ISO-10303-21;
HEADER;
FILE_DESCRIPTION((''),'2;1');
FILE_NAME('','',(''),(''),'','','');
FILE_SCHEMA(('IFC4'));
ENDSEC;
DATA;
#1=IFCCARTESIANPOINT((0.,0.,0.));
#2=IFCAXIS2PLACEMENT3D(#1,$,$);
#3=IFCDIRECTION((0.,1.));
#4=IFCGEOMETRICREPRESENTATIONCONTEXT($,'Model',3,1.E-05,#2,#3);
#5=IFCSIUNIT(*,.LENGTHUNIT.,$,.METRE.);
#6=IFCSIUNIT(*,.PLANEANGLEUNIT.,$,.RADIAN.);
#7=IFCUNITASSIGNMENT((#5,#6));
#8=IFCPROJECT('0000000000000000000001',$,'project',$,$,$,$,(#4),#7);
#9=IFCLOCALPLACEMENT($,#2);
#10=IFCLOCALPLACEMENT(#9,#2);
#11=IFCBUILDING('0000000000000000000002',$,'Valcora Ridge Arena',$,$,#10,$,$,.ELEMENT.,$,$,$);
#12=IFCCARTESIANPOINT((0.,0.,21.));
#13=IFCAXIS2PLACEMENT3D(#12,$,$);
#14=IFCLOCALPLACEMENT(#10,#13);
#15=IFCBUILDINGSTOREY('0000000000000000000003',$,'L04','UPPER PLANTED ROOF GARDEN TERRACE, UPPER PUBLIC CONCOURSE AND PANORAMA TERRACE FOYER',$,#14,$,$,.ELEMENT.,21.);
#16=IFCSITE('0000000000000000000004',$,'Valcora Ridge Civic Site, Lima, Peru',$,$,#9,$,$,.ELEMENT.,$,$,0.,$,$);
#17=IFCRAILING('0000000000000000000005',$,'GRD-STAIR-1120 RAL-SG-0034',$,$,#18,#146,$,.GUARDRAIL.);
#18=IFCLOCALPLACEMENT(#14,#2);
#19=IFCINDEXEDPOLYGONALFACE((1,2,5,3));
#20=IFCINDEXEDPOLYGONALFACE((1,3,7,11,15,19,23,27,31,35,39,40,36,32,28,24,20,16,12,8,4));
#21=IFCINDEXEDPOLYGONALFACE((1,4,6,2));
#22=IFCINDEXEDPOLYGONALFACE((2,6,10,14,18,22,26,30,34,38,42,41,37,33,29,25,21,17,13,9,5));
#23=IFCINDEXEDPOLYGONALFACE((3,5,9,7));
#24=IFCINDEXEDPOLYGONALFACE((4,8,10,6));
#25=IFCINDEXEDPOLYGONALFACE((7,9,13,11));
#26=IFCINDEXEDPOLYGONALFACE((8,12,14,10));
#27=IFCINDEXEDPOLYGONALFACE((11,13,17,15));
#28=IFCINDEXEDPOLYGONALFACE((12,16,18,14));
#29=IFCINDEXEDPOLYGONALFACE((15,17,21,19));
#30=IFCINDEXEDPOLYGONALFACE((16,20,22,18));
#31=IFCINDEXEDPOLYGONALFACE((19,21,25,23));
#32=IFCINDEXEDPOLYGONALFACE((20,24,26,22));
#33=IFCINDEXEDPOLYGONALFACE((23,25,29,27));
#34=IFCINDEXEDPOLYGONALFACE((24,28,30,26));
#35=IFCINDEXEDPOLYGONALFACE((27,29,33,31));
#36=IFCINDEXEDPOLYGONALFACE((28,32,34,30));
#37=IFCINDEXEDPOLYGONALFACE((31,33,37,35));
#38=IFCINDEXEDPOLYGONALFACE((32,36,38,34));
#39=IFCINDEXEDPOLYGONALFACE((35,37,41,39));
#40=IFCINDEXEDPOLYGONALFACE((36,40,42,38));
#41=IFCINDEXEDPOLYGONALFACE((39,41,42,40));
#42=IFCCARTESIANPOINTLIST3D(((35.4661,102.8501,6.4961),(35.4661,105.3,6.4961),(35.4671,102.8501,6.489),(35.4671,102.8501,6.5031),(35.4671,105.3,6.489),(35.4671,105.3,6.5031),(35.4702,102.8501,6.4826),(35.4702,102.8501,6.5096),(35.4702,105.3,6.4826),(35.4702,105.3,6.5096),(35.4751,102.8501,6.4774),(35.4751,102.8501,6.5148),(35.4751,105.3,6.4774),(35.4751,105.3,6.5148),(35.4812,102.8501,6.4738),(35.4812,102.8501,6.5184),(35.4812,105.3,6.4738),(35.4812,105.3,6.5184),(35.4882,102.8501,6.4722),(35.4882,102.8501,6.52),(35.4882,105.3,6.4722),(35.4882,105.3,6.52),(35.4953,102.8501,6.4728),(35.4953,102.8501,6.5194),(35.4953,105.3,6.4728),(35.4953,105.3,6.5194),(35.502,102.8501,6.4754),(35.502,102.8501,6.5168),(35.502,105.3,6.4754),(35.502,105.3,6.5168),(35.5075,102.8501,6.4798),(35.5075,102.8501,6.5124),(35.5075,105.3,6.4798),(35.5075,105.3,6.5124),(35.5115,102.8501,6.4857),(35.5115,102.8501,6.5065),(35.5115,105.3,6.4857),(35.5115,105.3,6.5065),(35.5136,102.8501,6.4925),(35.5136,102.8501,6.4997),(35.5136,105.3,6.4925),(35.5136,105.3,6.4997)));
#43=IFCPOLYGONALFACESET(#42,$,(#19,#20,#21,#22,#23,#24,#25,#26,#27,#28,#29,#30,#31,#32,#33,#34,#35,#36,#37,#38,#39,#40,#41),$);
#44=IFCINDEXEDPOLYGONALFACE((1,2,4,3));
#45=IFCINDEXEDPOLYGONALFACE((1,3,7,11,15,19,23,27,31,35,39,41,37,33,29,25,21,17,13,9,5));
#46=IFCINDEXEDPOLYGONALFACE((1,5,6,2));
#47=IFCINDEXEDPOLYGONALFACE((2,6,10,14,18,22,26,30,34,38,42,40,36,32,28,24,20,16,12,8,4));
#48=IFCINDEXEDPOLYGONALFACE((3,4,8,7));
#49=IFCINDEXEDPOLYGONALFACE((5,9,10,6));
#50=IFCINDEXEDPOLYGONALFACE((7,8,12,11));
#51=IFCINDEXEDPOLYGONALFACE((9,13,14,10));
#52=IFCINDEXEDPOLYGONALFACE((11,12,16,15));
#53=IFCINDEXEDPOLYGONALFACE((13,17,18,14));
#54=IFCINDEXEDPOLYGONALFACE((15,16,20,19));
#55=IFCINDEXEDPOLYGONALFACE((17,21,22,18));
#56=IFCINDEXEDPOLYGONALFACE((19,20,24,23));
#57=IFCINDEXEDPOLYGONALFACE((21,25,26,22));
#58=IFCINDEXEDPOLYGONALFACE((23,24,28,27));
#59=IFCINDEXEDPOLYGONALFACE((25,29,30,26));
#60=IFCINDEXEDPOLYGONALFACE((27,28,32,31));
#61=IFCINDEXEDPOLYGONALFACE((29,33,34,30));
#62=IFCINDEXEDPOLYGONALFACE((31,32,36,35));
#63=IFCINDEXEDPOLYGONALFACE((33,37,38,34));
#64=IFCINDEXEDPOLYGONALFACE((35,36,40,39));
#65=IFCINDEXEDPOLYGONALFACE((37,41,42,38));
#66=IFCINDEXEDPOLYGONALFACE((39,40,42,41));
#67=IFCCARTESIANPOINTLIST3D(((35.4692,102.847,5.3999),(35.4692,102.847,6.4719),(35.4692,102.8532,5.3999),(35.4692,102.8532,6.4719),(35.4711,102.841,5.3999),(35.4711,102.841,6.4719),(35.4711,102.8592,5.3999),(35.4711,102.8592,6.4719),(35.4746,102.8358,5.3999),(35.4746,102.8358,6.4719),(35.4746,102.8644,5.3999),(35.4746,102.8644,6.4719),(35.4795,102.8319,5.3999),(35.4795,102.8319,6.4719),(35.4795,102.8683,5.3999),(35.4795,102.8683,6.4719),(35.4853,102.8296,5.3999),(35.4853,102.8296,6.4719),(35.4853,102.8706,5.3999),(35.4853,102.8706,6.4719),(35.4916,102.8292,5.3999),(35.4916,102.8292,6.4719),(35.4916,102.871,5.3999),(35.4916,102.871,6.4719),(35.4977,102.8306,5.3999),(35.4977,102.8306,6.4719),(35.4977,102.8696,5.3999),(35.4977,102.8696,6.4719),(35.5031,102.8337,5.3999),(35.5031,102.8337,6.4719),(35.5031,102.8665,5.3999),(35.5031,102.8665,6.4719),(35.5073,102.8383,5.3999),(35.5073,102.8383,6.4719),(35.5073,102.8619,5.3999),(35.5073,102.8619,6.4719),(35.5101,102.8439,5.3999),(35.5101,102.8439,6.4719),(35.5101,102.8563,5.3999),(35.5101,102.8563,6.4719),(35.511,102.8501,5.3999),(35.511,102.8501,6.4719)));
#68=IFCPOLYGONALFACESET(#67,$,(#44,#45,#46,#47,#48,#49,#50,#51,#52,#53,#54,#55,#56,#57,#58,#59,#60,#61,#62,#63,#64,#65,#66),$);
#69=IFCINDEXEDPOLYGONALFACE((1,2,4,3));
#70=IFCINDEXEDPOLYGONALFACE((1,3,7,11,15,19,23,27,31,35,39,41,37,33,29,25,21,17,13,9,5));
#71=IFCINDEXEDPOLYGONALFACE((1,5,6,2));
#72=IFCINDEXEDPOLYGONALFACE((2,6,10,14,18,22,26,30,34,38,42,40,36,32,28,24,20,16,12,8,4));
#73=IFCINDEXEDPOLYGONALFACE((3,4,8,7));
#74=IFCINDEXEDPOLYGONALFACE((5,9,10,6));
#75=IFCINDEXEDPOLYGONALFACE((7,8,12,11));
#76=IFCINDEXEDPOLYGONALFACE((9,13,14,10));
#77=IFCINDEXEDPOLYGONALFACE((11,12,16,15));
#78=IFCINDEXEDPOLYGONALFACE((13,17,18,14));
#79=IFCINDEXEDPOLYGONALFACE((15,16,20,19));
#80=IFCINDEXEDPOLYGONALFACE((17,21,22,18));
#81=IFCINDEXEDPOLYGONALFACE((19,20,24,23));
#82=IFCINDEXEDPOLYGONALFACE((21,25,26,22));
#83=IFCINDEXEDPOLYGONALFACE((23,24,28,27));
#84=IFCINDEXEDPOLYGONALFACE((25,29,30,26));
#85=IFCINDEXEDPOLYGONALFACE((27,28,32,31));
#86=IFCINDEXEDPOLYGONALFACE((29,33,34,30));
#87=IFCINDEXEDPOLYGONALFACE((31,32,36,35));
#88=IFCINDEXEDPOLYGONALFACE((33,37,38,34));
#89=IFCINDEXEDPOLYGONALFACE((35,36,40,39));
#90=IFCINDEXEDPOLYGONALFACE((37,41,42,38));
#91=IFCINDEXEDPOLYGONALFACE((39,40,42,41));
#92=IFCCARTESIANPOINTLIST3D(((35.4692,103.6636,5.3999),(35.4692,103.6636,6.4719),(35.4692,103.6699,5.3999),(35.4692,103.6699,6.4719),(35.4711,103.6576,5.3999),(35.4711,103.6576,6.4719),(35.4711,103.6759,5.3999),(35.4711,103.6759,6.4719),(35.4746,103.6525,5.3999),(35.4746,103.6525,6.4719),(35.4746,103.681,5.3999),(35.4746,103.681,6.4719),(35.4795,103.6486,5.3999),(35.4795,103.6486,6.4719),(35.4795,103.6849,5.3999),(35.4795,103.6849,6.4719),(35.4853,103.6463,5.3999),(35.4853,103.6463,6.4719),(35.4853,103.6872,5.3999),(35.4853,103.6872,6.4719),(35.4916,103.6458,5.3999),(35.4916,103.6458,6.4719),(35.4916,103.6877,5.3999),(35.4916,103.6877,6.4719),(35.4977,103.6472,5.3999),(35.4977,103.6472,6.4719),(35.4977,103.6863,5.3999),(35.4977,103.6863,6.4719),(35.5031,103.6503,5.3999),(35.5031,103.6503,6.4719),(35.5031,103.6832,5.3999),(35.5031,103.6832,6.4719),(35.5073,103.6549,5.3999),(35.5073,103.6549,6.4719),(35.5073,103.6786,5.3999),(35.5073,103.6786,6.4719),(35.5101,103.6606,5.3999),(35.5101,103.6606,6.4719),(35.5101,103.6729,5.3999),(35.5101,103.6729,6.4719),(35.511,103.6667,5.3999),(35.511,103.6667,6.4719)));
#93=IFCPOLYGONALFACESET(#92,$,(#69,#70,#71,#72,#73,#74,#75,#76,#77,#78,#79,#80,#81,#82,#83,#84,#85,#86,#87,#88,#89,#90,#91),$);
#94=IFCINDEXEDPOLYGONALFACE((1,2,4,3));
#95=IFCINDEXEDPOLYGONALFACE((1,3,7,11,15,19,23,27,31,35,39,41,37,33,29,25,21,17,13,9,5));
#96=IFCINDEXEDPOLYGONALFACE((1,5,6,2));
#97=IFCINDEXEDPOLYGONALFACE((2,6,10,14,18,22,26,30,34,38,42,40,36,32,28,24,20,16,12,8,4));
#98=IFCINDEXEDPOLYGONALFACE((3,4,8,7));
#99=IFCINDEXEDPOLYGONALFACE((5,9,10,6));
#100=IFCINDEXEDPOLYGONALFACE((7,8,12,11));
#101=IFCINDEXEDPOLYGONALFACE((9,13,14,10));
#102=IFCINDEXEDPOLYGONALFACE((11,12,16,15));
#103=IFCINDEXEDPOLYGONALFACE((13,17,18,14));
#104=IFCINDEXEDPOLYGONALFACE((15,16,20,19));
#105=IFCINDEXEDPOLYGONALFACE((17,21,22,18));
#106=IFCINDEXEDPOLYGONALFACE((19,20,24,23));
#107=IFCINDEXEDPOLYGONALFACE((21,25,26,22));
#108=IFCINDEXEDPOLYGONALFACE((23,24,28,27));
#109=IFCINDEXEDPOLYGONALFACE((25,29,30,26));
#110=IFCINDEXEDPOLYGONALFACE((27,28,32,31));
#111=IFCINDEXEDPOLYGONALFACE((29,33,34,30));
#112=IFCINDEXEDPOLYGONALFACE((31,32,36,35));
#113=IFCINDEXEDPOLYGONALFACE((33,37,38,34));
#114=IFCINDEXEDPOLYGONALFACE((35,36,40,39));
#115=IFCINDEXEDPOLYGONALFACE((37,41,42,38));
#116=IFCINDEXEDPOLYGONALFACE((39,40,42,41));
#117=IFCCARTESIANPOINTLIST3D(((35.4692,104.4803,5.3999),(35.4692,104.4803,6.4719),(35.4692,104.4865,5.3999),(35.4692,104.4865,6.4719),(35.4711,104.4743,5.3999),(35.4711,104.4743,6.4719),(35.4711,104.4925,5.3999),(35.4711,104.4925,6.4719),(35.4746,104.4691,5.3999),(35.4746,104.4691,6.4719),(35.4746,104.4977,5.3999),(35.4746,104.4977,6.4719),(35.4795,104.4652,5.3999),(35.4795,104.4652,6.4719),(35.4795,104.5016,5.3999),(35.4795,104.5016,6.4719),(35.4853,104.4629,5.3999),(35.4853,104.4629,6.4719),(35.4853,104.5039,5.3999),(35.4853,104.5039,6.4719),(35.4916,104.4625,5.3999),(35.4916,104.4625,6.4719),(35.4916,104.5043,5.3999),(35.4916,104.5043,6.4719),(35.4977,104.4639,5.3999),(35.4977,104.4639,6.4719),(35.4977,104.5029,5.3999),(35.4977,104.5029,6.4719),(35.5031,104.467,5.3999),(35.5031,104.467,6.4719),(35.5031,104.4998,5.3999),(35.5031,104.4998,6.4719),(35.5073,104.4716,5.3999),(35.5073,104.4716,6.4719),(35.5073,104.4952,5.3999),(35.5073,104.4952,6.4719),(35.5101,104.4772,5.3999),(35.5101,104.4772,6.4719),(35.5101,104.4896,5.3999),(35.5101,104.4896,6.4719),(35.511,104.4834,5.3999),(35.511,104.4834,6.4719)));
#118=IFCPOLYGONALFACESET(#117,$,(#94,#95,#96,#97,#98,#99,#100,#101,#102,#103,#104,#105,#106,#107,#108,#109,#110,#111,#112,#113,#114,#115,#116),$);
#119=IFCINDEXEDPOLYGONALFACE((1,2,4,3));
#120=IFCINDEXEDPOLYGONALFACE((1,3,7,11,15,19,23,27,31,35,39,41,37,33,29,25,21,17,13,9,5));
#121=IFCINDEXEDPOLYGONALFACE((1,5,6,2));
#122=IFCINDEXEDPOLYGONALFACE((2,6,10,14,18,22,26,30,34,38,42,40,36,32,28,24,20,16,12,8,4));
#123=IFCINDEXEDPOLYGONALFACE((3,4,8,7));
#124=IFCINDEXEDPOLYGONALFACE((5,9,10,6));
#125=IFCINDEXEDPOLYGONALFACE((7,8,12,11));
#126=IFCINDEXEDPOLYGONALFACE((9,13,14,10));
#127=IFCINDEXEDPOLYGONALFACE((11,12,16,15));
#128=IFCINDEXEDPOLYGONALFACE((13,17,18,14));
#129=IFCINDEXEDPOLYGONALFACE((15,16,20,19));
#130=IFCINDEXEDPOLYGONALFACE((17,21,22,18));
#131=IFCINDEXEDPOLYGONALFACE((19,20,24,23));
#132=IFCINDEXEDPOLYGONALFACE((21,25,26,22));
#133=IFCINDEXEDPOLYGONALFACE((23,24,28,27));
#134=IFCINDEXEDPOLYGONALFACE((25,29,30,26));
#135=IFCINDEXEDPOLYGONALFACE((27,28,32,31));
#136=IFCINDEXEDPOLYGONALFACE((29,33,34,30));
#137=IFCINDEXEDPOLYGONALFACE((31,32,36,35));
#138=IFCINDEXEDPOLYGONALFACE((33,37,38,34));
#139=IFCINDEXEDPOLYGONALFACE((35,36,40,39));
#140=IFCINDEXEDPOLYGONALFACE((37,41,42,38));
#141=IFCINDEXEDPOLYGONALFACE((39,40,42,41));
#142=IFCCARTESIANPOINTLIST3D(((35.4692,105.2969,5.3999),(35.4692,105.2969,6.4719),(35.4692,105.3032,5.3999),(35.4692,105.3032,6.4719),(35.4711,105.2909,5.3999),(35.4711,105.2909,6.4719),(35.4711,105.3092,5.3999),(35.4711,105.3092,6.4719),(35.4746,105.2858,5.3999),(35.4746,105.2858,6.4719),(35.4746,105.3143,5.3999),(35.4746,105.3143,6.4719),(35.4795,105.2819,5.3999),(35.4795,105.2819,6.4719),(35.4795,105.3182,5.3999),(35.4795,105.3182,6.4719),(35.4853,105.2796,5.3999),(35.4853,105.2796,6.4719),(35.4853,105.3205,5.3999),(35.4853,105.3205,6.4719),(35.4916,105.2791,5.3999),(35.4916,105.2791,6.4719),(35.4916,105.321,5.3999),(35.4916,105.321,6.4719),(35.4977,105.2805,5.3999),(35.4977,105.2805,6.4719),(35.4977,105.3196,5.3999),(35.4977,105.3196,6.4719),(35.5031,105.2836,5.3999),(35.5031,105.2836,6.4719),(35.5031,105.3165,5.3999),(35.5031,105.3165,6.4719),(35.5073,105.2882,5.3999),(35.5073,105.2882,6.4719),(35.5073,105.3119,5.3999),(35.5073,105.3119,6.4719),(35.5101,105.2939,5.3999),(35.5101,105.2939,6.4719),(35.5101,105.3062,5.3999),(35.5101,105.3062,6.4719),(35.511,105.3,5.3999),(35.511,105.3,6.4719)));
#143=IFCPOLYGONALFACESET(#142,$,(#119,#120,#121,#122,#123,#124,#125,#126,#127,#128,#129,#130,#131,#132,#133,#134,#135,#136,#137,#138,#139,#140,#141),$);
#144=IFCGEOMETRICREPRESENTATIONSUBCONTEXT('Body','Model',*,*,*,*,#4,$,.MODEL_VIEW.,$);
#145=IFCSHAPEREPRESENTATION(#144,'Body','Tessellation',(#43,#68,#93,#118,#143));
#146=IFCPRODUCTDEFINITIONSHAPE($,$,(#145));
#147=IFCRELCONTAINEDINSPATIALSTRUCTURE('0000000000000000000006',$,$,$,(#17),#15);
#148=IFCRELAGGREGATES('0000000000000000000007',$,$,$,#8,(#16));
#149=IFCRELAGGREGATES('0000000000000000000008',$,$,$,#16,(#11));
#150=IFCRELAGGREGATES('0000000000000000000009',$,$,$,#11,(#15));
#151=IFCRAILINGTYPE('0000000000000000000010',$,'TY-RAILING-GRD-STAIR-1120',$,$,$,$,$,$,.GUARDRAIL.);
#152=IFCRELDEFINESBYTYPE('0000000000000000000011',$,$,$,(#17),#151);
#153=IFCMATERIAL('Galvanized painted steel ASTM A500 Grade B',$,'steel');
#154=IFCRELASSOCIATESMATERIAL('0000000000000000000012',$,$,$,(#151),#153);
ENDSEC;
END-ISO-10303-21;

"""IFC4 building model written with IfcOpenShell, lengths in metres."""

from ifc_helpers import new_model, si_unit, direction, frame, origin, origin_2d, place, context, subcontext, project, spatial, circle, extrude, material, type_object, element, save


model = new_model("IFC4")

# Units and contexts
model_context = context("Model", 3, precision=1e-05, world=origin(), true_north=direction((0.0, 1.0)))
body_context = subcontext(model_context, "Body", "Model", "MODEL_VIEW")
ifc_project = project(units=[si_unit("LENGTHUNIT", "METRE"), si_unit("PLANEANGLEUNIT", "RADIAN")], contexts=[model_context])

# Site, building, storey
site_placement = place(None, origin())
site = spatial("IfcSite", under=ifc_project, at=site_placement, Name="Valcora Ridge Civic Site, Lima, Peru", CompositionType="ELEMENT", RefElevation=0.0)
building_placement = place(site_placement, origin())
building = spatial("IfcBuilding", under=site, at=building_placement, Name="Valcora Ridge Arena", CompositionType="ELEMENT")
storey_placement = place(building_placement, frame((0.0, 0.0, 21.0)))
storey = spatial("IfcBuildingStorey", under=building, at=storey_placement, Name="L04", Description="UPPER PLANTED ROOF GARDEN TERRACE, UPPER PUBLIC CONCOURSE AND PANORAMA TERRACE FOYER", CompositionType="ELEMENT", Elevation=21.0)

# Railing
ifc_material_1 = material(Name="Galvanized painted steel ASTM A500 Grade B", Category="steel")
railing_type_1 = type_object("IfcRailingType", Name="TY-RAILING-GRD-STAIR-1120", PredefinedType="GUARDRAIL", material=ifc_material_1)
railing_1_placement = place(storey_placement, frame((35.49, 102.8501, 5.3999)))
element("IfcRailing", 1, at=railing_1_placement, inside=storey, type_object=railing_type_1, Name="GRD-STAIR-1120 RAL-SG-0034", PredefinedType="GUARDRAIL", context=body_context, shape_type="SweptSolid", body=[
    extrude(circle(Radius=0.0239, at=origin_2d()), frame((0.0, 0.0, 1.0962), z_axis=(0.0, 1.0, 0.0), x_axis=(-1.0, 0.0, 0.0)), (0.0, 0.0, 1.0), 2.45),
    extrude(circle(Radius=0.021, at=origin_2d()), origin(), (0.0, 0.0, 1.0), 1.072),
    extrude(circle(Radius=0.021, at=origin_2d()), frame((0.0, 0.8167, 0.0)), (0.0, 0.0, 1.0), 1.072),
    extrude(circle(Radius=0.021, at=origin_2d()), frame((0.0, 1.6333, 0.0)), (0.0, 0.0, 1.0), 1.072),
    extrude(circle(Radius=0.021, at=origin_2d()), frame((0.0, 2.45, 0.0)), (0.0, 0.0, 1.0), 1.072),
])

save(model, "model.ifc")
